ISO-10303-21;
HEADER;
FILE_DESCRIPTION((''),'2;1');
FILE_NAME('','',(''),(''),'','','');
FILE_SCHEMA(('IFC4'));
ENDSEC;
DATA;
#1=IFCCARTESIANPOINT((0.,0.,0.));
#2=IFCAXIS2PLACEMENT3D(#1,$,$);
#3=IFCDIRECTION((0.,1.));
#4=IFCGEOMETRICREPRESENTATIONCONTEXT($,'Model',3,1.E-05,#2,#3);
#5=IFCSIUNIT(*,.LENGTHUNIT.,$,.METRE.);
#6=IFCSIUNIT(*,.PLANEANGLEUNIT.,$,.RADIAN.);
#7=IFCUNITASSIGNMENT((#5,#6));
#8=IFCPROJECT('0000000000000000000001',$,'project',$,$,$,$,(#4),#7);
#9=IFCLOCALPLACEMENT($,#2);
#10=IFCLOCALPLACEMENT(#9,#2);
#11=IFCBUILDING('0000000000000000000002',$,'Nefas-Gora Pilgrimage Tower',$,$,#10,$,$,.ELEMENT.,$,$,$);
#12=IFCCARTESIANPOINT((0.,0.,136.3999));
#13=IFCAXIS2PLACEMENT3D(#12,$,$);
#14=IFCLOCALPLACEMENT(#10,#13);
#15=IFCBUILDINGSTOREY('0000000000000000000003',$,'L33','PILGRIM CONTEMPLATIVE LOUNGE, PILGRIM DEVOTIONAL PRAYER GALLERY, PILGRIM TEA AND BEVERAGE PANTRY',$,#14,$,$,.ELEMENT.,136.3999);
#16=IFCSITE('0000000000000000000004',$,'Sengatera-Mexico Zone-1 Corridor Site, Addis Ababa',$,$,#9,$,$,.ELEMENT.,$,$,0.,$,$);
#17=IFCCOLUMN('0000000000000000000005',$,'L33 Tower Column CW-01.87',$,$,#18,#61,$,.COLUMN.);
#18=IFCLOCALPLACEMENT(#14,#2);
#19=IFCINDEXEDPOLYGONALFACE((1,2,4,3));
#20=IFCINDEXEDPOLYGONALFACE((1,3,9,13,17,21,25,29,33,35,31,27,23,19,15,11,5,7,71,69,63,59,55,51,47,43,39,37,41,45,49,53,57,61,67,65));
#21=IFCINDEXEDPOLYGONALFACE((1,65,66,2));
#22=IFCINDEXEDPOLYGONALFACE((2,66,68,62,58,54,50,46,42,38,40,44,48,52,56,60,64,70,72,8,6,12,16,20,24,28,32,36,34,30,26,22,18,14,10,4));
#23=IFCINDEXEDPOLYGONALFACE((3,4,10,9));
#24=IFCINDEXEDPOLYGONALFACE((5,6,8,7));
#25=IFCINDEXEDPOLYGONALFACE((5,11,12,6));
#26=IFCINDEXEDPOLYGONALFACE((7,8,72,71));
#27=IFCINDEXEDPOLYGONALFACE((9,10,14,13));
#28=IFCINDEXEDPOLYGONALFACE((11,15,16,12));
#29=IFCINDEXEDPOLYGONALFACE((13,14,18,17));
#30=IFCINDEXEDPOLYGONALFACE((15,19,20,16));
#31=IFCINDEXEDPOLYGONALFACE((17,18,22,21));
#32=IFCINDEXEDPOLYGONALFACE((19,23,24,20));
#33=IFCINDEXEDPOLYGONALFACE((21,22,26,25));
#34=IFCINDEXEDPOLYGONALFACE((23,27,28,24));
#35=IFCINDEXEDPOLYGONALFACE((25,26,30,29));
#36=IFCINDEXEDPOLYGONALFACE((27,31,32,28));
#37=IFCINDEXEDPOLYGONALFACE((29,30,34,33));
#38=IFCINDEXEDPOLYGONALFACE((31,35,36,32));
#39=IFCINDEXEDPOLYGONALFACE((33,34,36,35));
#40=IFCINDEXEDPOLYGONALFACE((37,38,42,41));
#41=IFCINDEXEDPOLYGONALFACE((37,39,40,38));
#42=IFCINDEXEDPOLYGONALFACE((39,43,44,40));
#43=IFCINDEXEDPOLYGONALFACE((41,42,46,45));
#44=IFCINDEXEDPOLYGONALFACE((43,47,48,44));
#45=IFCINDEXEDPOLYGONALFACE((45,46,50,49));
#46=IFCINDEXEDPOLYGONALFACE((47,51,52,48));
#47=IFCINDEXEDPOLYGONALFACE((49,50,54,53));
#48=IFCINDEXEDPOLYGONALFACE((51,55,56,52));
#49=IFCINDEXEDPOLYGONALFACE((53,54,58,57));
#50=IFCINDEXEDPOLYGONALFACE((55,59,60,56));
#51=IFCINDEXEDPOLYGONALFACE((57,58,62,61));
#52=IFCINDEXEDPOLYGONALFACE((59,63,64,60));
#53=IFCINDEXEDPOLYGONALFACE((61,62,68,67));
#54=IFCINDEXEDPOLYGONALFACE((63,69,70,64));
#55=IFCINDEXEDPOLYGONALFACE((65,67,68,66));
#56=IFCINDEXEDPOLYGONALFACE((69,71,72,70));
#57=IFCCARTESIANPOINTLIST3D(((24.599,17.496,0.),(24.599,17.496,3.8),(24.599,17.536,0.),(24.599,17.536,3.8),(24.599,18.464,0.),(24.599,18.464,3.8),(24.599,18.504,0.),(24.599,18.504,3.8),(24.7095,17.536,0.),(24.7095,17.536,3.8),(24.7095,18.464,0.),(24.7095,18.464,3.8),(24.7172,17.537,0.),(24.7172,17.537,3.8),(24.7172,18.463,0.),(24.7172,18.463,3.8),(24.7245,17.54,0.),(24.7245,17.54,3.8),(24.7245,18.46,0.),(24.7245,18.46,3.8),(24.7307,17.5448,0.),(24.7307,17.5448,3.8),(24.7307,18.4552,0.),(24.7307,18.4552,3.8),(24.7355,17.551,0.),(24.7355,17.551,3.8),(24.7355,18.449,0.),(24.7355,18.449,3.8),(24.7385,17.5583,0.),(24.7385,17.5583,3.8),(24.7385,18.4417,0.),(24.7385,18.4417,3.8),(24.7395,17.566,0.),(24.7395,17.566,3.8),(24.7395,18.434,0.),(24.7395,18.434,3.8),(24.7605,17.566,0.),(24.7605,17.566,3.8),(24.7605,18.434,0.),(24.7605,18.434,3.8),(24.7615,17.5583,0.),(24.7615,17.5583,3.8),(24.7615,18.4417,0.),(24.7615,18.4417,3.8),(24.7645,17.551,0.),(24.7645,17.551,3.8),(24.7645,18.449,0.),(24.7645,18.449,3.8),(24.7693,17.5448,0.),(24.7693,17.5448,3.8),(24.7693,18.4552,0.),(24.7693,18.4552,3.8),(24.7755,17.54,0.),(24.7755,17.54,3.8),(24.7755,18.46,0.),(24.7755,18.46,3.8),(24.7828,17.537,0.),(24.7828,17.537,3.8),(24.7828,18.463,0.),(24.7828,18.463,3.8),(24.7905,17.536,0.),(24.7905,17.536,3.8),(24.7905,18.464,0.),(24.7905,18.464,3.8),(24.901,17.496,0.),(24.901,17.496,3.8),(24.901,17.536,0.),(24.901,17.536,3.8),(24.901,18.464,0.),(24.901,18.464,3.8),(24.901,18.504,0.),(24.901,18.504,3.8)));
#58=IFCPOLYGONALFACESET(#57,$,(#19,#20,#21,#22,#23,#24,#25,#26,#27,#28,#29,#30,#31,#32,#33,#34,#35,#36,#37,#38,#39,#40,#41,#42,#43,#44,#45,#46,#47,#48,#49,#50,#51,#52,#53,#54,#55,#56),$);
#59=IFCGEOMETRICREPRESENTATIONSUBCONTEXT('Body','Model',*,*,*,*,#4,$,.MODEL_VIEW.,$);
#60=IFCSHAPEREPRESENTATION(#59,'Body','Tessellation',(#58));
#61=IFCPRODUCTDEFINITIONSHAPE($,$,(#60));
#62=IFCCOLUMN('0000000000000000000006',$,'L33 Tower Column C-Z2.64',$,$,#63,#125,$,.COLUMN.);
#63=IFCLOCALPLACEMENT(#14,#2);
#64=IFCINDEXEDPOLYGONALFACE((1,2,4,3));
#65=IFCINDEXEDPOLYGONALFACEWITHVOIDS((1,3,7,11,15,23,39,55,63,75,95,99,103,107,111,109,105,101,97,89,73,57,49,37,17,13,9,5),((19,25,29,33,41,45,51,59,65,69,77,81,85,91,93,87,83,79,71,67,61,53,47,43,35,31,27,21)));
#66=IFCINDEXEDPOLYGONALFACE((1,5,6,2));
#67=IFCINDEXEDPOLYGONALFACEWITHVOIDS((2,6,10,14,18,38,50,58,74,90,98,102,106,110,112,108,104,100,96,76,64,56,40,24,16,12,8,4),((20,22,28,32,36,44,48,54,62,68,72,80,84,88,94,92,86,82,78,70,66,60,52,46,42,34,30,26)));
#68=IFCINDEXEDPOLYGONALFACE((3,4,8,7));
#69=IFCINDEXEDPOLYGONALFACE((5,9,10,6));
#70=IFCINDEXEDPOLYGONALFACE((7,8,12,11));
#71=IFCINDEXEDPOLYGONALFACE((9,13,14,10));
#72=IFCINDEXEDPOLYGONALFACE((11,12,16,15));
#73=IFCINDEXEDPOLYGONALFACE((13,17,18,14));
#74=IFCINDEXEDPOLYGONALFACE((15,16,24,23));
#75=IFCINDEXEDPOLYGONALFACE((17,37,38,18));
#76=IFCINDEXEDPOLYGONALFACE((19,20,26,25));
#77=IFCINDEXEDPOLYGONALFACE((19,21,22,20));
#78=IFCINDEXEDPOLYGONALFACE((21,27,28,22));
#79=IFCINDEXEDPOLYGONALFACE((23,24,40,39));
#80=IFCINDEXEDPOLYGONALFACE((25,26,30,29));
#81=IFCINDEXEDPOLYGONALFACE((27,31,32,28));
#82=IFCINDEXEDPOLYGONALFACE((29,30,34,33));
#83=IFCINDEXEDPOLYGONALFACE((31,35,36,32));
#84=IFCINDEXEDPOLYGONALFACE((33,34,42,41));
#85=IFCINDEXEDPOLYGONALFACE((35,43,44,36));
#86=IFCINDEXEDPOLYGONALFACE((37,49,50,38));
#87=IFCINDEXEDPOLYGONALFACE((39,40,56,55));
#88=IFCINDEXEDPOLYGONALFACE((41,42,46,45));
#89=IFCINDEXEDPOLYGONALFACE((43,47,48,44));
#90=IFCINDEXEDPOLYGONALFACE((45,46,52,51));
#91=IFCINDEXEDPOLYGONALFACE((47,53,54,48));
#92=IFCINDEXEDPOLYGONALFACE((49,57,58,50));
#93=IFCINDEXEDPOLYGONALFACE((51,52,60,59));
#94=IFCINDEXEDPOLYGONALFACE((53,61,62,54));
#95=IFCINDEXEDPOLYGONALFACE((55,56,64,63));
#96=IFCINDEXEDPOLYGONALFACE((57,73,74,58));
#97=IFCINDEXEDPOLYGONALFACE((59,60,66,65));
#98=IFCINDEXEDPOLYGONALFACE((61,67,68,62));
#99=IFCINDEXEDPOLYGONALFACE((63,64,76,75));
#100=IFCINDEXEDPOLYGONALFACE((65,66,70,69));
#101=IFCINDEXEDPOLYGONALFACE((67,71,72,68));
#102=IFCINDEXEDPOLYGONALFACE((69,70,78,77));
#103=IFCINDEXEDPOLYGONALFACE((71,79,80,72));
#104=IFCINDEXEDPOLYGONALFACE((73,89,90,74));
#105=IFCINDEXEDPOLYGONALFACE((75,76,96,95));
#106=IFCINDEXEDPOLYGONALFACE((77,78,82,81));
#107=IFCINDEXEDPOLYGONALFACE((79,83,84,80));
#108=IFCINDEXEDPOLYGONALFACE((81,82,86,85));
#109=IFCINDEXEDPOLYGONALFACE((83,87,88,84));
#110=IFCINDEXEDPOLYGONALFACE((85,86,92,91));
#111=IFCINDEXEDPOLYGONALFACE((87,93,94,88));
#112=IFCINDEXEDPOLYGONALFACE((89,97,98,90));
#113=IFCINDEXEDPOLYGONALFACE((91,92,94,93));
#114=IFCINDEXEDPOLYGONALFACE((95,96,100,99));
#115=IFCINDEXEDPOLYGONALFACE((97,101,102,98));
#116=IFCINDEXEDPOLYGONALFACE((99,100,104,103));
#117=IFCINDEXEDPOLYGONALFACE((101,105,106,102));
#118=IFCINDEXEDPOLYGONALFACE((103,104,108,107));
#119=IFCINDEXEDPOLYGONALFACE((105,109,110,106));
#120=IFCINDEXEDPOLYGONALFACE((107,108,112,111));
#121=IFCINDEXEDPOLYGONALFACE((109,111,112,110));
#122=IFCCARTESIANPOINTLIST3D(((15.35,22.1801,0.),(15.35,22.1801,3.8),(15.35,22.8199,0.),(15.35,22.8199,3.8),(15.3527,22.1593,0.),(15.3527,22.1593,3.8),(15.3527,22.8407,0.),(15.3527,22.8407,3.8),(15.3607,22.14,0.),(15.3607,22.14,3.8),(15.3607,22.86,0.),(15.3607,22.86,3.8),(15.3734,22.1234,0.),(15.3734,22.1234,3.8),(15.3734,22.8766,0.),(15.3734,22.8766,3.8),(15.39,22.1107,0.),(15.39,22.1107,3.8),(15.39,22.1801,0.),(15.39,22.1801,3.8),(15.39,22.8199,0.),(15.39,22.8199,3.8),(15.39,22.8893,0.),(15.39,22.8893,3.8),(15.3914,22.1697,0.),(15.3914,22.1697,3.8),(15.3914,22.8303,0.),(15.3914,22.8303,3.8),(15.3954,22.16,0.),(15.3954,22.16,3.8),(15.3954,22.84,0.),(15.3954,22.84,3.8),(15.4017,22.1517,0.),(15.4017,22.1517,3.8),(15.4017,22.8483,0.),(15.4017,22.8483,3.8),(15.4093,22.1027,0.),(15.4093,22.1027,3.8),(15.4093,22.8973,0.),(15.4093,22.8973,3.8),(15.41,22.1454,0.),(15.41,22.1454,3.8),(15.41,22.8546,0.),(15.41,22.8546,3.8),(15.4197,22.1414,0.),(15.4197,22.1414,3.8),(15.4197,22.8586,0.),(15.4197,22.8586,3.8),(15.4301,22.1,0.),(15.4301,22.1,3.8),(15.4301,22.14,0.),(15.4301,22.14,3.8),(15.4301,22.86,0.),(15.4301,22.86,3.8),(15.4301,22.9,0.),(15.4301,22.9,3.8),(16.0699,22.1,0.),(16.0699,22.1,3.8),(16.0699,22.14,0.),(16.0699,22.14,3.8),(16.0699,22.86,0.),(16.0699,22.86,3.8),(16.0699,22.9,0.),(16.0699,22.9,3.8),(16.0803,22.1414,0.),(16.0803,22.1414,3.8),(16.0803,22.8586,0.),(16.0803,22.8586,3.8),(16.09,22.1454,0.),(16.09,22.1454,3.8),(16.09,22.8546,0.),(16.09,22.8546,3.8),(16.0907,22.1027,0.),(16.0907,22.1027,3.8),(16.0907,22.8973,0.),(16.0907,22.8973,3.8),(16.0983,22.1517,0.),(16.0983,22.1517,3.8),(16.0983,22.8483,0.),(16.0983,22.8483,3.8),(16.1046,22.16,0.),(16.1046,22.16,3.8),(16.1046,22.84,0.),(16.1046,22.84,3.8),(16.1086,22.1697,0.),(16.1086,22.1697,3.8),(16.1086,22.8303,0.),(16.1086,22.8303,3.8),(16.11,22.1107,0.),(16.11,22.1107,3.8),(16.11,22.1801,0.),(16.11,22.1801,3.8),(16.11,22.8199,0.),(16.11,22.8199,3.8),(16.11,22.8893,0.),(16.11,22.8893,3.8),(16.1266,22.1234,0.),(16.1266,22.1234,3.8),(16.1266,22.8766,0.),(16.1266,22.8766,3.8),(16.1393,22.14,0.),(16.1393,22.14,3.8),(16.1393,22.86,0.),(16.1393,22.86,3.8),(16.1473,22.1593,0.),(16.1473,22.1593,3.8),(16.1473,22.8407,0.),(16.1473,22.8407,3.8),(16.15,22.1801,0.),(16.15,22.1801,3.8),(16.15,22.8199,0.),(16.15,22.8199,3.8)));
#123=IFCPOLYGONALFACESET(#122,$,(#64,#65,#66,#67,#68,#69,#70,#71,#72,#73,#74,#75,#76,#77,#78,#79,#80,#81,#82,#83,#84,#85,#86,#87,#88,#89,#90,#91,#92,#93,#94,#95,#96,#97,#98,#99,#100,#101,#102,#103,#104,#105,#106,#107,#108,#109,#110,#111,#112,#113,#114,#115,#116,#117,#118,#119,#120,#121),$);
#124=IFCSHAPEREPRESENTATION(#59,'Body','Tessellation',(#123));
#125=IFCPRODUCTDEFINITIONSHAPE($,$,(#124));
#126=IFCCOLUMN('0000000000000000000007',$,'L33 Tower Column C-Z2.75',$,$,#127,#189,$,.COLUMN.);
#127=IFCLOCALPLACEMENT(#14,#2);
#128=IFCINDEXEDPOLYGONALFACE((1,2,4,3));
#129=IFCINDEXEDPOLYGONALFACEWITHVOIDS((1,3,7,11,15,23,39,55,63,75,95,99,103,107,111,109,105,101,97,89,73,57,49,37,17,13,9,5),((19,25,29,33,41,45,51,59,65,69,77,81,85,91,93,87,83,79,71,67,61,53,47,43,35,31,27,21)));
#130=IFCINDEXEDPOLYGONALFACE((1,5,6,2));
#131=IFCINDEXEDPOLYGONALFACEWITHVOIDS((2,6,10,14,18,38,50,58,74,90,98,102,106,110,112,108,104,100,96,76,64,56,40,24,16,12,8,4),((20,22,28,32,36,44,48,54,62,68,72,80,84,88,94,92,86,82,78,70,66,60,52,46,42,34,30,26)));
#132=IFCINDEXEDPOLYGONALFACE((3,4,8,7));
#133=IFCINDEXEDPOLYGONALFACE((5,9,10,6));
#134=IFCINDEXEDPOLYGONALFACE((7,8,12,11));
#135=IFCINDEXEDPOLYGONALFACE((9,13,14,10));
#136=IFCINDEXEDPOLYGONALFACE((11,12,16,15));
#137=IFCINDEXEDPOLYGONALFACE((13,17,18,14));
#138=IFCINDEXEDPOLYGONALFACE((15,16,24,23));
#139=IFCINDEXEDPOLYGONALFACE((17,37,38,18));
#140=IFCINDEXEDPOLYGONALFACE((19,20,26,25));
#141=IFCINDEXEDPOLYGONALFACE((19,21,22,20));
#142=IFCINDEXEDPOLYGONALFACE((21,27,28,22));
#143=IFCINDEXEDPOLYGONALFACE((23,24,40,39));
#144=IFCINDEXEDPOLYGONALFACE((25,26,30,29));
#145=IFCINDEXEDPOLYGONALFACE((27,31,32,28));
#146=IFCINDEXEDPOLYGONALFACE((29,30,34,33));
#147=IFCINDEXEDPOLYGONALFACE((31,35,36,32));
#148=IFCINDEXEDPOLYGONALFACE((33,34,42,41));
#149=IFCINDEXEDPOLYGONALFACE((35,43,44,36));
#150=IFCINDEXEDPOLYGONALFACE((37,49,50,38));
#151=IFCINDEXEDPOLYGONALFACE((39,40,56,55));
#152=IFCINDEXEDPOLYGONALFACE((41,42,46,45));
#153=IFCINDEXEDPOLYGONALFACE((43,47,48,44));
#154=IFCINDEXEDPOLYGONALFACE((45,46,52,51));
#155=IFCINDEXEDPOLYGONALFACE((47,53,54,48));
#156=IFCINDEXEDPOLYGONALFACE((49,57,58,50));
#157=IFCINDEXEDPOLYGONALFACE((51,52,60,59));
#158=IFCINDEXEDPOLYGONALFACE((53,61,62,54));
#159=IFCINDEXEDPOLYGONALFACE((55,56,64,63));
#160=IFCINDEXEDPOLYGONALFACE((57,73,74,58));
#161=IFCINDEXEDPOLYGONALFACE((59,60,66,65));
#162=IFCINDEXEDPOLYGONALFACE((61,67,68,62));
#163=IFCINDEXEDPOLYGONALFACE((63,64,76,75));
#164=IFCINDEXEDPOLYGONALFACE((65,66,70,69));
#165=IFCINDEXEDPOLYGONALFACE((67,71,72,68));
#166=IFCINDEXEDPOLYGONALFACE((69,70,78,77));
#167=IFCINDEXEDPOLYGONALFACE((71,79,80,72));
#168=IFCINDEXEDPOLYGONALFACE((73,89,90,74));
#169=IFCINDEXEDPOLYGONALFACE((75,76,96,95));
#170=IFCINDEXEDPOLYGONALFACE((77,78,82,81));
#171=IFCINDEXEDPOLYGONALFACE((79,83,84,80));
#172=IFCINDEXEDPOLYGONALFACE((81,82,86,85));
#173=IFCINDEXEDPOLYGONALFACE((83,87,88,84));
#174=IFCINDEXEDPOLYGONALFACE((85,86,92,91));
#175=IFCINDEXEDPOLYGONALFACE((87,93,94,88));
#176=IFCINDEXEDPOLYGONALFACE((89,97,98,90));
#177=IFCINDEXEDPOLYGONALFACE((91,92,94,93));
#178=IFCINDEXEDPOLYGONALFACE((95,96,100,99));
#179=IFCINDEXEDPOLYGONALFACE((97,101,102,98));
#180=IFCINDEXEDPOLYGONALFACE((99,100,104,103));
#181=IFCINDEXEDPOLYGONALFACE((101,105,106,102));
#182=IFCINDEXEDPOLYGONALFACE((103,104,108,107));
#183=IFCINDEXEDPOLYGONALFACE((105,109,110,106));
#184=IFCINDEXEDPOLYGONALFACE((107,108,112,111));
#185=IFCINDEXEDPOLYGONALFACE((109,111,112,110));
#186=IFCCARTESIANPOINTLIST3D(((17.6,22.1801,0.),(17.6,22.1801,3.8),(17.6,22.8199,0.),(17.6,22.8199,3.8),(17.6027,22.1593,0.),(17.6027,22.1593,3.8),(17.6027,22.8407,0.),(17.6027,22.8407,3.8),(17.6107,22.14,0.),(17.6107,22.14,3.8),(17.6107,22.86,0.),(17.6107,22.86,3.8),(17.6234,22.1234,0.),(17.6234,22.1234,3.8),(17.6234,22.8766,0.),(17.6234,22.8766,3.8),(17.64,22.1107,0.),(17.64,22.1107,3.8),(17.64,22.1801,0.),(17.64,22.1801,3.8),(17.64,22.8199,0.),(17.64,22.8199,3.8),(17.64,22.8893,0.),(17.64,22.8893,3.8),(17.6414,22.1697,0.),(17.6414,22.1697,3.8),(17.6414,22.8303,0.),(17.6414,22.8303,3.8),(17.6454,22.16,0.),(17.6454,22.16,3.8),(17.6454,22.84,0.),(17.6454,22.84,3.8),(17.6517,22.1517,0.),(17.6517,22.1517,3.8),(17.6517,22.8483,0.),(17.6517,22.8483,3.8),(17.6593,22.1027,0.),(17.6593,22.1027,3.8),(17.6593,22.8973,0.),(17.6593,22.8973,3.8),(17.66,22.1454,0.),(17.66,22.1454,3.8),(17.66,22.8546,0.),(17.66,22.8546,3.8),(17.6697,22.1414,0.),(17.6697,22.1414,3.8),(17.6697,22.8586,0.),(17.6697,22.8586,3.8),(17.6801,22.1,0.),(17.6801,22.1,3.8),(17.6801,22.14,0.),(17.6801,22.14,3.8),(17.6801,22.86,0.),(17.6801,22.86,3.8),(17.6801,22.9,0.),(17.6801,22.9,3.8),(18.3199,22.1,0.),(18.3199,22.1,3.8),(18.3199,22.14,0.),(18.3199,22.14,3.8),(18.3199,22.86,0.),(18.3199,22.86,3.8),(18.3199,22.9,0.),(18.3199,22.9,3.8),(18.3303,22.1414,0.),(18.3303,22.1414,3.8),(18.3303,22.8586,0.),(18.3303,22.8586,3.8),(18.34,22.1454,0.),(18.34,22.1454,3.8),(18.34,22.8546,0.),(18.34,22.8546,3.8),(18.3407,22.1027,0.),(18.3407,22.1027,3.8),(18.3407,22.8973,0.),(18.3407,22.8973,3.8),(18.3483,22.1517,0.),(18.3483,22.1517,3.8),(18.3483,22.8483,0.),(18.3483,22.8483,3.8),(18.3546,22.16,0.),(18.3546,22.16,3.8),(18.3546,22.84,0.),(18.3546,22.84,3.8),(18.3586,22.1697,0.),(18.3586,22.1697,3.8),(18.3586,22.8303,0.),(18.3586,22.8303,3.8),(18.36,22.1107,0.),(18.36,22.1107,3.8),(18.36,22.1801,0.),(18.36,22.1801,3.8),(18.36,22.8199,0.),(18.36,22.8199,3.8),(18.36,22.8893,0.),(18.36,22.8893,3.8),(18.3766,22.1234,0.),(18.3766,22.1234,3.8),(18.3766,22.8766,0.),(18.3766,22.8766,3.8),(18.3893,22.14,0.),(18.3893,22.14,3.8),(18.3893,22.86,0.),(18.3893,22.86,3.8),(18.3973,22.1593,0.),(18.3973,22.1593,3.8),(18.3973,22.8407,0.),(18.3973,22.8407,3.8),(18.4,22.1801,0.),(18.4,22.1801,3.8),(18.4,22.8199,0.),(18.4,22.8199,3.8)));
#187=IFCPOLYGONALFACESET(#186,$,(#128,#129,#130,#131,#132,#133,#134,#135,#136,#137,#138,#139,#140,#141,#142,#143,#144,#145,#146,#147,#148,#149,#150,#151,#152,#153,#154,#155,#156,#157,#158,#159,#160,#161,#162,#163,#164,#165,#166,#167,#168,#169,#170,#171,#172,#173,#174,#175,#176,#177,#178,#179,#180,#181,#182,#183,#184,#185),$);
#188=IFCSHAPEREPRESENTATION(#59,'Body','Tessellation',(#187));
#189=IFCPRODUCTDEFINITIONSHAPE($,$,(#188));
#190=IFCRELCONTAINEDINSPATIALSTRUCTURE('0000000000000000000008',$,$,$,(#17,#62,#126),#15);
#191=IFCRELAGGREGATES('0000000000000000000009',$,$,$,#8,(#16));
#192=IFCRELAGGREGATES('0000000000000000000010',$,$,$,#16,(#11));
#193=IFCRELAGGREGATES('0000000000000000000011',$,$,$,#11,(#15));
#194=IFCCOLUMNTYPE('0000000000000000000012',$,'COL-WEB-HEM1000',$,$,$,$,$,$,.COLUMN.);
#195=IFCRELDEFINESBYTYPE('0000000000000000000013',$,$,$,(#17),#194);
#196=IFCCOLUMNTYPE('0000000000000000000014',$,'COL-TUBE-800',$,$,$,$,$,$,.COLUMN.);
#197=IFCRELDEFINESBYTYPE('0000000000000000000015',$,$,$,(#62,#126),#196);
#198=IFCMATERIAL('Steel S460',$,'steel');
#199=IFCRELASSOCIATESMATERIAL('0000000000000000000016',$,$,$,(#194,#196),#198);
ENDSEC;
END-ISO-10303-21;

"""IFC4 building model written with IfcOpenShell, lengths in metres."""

from ifc_helpers import new_model, si_unit, direction, frame, origin, origin_2d, place, context, subcontext, project, spatial, hollow_rectangle, i_section, extrude, source, transform, mapped, material, material_profile, profile_set, type_object, element, save


model = new_model("IFC4")

# Units and contexts
model_context = context("Model", 3, precision=1e-05, world=origin(), true_north=direction((0.0, 1.0)))
body_context = subcontext(model_context, "Body", "Model", "MODEL_VIEW")
ifc_project = project(units=[si_unit("LENGTHUNIT", "METRE"), si_unit("PLANEANGLEUNIT", "RADIAN")], contexts=[model_context])

# Site, building, storey
site_placement = place(None, origin())
site = spatial("IfcSite", under=ifc_project, at=site_placement, Name="Sengatera-Mexico Zone-1 Corridor Site, Addis Ababa", CompositionType="ELEMENT", RefElevation=0.0)
building_placement = place(site_placement, origin())
building = spatial("IfcBuilding", under=site, at=building_placement, Name="Nefas-Gora Pilgrimage Tower", CompositionType="ELEMENT")
storey_placement = place(building_placement, frame((0.0, 0.0, 136.3999)))
storey = spatial("IfcBuildingStorey", under=building, at=storey_placement, Name="L33", Description="PILGRIM CONTEMPLATIVE LOUNGE, PILGRIM DEVOTIONAL PRAYER GALLERY, PILGRIM TEA AND BEVERAGE PANTRY", CompositionType="ELEMENT", Elevation=136.3999)

# Columns
ifc_material_1 = material(Name="Steel S460", Category="steel")
ifc_material_profile_1 = material_profile(ifc_material_1, i_section(OverallWidth=0.302, OverallDepth=1.0081, WebThickness=0.021, FlangeThickness=0.04, FilletRadius=0.03, at=origin_2d()), Name="HEM 1000")
ifc_profile_set_1 = profile_set([ifc_material_profile_1], Name="Steel S460")
column_type_1 = type_object("IfcColumnType", Name="COL-WEB-HEM1000", PredefinedType="COLUMN", material=ifc_profile_set_1)
shared_shape_1 = source(origin(), body_context, "Body", "SweptSolid", [
    extrude(i_section(OverallWidth=0.302, OverallDepth=1.0081, WebThickness=0.021, FlangeThickness=0.04, FilletRadius=0.03, at=origin_2d()), origin(), (0.0, 0.0, 1.0), 3.8),
])
for number, where, z_axis, x_axis, name in (
    (1, (24.75, 18.0, 0.0), (0.0, 0.0, 1.0), (1.0, 0.0, 0.0), "L33 Tower Column CW-01.87"),
):
    element("IfcColumn", number, at=place(storey_placement, frame(where, z_axis=z_axis, x_axis=x_axis)), inside=storey, type_object=column_type_1, Name=name, PredefinedType="COLUMN", context=body_context, shape_type="MappedRepresentation", body=[
        mapped(shared_shape_1, transform((0.0, 0.0, 0.0), x_axis=(1.0, 0.0, 0.0), y_axis=(0.0, 1.0, 0.0), z_axis=(0.0, 0.0, 1.0), scale=1.0)),
    ])
ifc_material_profile_2 = material_profile(ifc_material_1, hollow_rectangle(XDim=0.8, YDim=0.8, WallThickness=0.04, InnerFilletRadius=0.04, OuterFilletRadius=0.0801, at=origin_2d()), Name="BOX 800x800x40")
ifc_profile_set_2 = profile_set([ifc_material_profile_2], Name="Steel S460")
column_type_2 = type_object("IfcColumnType", Name="COL-TUBE-800", PredefinedType="COLUMN", material=ifc_profile_set_2)
shared_shape_2 = source(origin(), body_context, "Body", "SweptSolid", [
    extrude(hollow_rectangle(XDim=0.8, YDim=0.8, WallThickness=0.04, InnerFilletRadius=0.04, OuterFilletRadius=0.0801, at=origin_2d()), origin(), (0.0, 0.0, 1.0), 3.8),
])
for number, where, z_axis, x_axis, name in (
    (2, (15.75, 22.5, 0.0), (0.0, 0.0, 1.0), (1.0, 0.0, 0.0), "L33 Tower Column C-Z2.64"),
    (3, (18.0, 22.5, 0.0), (0.0, 0.0, 1.0), (1.0, 0.0, 0.0), "L33 Tower Column C-Z2.75"),
):
    element("IfcColumn", number, at=place(storey_placement, frame(where, z_axis=z_axis, x_axis=x_axis)), inside=storey, type_object=column_type_2, Name=name, PredefinedType="COLUMN", context=body_context, shape_type="MappedRepresentation", body=[
        mapped(shared_shape_2, transform((0.0, 0.0, 0.0), x_axis=(1.0, 0.0, 0.0), y_axis=(0.0, 1.0, 0.0), z_axis=(0.0, 0.0, 1.0), scale=1.0)),
    ])

save(model, "model.ifc")
